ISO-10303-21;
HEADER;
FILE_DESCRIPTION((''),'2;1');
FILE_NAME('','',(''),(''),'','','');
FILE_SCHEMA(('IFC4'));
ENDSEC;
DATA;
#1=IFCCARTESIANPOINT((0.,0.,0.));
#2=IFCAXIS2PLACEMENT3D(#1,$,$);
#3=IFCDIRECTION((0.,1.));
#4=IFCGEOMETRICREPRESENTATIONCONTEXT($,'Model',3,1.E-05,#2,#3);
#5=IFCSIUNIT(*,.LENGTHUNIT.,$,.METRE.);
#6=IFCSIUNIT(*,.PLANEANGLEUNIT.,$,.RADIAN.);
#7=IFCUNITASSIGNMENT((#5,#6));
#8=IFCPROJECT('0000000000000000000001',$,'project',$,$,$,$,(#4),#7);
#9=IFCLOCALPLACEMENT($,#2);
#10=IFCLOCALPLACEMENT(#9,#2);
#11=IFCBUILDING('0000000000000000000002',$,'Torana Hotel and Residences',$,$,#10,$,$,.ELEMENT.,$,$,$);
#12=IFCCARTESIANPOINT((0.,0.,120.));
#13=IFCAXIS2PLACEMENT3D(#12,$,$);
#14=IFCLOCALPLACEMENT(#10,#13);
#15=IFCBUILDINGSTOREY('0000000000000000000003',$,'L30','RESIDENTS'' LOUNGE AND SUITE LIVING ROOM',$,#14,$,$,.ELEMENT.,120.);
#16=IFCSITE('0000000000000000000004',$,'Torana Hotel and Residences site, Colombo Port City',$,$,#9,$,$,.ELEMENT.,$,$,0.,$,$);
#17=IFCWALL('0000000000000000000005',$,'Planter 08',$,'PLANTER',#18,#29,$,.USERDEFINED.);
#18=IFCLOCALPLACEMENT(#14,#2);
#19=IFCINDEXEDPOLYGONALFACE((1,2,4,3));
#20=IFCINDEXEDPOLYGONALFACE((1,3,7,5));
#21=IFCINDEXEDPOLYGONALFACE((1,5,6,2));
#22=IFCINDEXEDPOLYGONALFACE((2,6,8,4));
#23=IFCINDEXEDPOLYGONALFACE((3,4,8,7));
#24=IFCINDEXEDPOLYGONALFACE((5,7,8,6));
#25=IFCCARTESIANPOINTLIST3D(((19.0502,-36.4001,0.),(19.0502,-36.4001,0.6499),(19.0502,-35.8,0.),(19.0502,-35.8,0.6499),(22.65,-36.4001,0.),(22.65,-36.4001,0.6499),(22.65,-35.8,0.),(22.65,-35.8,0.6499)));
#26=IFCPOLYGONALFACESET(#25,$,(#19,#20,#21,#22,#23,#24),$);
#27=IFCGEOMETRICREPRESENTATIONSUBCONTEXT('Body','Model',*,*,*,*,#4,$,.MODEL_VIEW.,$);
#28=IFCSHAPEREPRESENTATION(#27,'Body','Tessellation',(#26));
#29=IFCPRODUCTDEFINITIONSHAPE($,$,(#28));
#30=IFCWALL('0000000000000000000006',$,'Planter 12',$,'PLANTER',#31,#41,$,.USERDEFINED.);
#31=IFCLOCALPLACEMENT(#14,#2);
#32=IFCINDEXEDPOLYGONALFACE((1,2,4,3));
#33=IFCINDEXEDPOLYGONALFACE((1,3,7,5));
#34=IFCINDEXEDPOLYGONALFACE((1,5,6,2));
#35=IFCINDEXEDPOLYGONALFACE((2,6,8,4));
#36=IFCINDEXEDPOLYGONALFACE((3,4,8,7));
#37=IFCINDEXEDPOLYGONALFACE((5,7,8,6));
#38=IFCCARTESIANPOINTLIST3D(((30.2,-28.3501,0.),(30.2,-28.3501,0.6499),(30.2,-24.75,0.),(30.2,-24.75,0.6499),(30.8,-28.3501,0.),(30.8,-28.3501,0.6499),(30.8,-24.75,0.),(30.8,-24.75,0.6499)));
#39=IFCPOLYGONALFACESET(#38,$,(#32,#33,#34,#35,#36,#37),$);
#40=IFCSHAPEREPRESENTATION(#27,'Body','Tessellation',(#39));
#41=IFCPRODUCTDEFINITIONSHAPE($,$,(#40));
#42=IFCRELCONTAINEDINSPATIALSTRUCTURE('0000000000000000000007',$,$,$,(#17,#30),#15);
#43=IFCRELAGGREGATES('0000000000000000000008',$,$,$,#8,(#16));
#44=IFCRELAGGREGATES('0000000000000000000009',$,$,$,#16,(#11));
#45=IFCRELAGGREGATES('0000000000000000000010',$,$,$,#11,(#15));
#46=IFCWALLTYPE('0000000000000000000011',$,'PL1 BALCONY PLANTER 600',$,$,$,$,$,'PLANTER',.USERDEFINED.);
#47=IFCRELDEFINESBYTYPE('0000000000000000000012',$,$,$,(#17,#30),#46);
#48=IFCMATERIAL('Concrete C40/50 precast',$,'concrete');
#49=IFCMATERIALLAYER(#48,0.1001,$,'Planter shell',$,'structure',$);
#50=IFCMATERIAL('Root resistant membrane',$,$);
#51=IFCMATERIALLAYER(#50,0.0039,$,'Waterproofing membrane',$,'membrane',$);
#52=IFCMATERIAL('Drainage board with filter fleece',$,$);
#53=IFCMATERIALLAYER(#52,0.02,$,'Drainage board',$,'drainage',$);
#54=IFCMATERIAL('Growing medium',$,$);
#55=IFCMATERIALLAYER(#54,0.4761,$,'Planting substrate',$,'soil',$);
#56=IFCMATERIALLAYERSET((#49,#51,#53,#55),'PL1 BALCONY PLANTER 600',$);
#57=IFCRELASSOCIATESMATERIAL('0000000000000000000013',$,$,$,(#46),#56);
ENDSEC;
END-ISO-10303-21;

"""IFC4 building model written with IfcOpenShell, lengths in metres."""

from ifc_helpers import new_model, si_unit, direction, frame, frame_2d, origin, place, context, subcontext, project, spatial, rectangle, extrude, material, layer, layer_set, type_object, element, save


model = new_model("IFC4")

# Units and contexts
model_context = context("Model", 3, precision=1e-05, world=origin(), true_north=direction((0.0, 1.0)))
body_context = subcontext(model_context, "Body", "Model", "MODEL_VIEW")
ifc_project = project(units=[si_unit("LENGTHUNIT", "METRE"), si_unit("PLANEANGLEUNIT", "RADIAN")], contexts=[model_context])

# Site, building, storey
site_placement = place(None, origin())
site = spatial("IfcSite", under=ifc_project, at=site_placement, Name="Torana Hotel and Residences site, Colombo Port City", CompositionType="ELEMENT", RefElevation=0.0)
building_placement = place(site_placement, origin())
building = spatial("IfcBuilding", under=site, at=building_placement, Name="Torana Hotel and Residences", CompositionType="ELEMENT")
storey_placement = place(building_placement, frame((0.0, 0.0, 120.0)))
storey = spatial("IfcBuildingStorey", under=building, at=storey_placement, Name="L30", Description="RESIDENTS' LOUNGE AND SUITE LIVING ROOM", CompositionType="ELEMENT", Elevation=120.0)

# Walls
ifc_material_1 = material(Name="Concrete C40/50 precast", Category="concrete")
ifc_layer_1 = layer(ifc_material_1, 0.1001, Name="Planter shell", Category="structure")
ifc_material_2 = material(Name="Root resistant membrane")
ifc_layer_2 = layer(ifc_material_2, 0.0039, Name="Waterproofing membrane", Category="membrane")
ifc_material_3 = material(Name="Drainage board with filter fleece")
ifc_layer_3 = layer(ifc_material_3, 0.02, Name="Drainage board", Category="drainage")
ifc_material_4 = material(Name="Growing medium")
ifc_layer_4 = layer(ifc_material_4, 0.4761, Name="Planting substrate", Category="soil")
ifc_layer_set_1 = layer_set([ifc_layer_1, ifc_layer_2, ifc_layer_3, ifc_layer_4], Name="PL1 BALCONY PLANTER 600")
wall_type_1 = type_object("IfcWallType", Name="PL1 BALCONY PLANTER 600", ElementType="PLANTER", PredefinedType="USERDEFINED", material=ifc_layer_set_1)
wall_1_placement = place(storey_placement, frame((22.6499, -36.1001, 0.0), z_axis=(0.0, 0.0, 1.0), x_axis=(-1.0, 0.0, 0.0)))
element("IfcWall", 1, at=wall_1_placement, inside=storey, type_object=wall_type_1, Name="Planter 08", ObjectType="PLANTER", PredefinedType="USERDEFINED", context=body_context, shape_type="SweptSolid", body=[
    extrude(rectangle(XDim=3.5999, YDim=0.6001, at=frame_2d((1.7998, 0.0))), origin(), (0.0, 0.0, 1.0), 0.6499),
])
wall_2_placement = place(storey_placement, frame((30.5, -24.75, 0.0), z_axis=(0.0, 0.0, 1.0), x_axis=(0.0, -1.0, 0.0)))
element("IfcWall", 2, at=wall_2_placement, inside=storey, type_object=wall_type_1, Name="Planter 12", ObjectType="PLANTER", PredefinedType="USERDEFINED", context=body_context, shape_type="SweptSolid", body=[
    extrude(rectangle(XDim=3.6001, YDim=0.6001, at=frame_2d((1.8, 0.0))), origin(), (0.0, 0.0, 1.0), 0.6499),
])

save(model, "model.ifc")
